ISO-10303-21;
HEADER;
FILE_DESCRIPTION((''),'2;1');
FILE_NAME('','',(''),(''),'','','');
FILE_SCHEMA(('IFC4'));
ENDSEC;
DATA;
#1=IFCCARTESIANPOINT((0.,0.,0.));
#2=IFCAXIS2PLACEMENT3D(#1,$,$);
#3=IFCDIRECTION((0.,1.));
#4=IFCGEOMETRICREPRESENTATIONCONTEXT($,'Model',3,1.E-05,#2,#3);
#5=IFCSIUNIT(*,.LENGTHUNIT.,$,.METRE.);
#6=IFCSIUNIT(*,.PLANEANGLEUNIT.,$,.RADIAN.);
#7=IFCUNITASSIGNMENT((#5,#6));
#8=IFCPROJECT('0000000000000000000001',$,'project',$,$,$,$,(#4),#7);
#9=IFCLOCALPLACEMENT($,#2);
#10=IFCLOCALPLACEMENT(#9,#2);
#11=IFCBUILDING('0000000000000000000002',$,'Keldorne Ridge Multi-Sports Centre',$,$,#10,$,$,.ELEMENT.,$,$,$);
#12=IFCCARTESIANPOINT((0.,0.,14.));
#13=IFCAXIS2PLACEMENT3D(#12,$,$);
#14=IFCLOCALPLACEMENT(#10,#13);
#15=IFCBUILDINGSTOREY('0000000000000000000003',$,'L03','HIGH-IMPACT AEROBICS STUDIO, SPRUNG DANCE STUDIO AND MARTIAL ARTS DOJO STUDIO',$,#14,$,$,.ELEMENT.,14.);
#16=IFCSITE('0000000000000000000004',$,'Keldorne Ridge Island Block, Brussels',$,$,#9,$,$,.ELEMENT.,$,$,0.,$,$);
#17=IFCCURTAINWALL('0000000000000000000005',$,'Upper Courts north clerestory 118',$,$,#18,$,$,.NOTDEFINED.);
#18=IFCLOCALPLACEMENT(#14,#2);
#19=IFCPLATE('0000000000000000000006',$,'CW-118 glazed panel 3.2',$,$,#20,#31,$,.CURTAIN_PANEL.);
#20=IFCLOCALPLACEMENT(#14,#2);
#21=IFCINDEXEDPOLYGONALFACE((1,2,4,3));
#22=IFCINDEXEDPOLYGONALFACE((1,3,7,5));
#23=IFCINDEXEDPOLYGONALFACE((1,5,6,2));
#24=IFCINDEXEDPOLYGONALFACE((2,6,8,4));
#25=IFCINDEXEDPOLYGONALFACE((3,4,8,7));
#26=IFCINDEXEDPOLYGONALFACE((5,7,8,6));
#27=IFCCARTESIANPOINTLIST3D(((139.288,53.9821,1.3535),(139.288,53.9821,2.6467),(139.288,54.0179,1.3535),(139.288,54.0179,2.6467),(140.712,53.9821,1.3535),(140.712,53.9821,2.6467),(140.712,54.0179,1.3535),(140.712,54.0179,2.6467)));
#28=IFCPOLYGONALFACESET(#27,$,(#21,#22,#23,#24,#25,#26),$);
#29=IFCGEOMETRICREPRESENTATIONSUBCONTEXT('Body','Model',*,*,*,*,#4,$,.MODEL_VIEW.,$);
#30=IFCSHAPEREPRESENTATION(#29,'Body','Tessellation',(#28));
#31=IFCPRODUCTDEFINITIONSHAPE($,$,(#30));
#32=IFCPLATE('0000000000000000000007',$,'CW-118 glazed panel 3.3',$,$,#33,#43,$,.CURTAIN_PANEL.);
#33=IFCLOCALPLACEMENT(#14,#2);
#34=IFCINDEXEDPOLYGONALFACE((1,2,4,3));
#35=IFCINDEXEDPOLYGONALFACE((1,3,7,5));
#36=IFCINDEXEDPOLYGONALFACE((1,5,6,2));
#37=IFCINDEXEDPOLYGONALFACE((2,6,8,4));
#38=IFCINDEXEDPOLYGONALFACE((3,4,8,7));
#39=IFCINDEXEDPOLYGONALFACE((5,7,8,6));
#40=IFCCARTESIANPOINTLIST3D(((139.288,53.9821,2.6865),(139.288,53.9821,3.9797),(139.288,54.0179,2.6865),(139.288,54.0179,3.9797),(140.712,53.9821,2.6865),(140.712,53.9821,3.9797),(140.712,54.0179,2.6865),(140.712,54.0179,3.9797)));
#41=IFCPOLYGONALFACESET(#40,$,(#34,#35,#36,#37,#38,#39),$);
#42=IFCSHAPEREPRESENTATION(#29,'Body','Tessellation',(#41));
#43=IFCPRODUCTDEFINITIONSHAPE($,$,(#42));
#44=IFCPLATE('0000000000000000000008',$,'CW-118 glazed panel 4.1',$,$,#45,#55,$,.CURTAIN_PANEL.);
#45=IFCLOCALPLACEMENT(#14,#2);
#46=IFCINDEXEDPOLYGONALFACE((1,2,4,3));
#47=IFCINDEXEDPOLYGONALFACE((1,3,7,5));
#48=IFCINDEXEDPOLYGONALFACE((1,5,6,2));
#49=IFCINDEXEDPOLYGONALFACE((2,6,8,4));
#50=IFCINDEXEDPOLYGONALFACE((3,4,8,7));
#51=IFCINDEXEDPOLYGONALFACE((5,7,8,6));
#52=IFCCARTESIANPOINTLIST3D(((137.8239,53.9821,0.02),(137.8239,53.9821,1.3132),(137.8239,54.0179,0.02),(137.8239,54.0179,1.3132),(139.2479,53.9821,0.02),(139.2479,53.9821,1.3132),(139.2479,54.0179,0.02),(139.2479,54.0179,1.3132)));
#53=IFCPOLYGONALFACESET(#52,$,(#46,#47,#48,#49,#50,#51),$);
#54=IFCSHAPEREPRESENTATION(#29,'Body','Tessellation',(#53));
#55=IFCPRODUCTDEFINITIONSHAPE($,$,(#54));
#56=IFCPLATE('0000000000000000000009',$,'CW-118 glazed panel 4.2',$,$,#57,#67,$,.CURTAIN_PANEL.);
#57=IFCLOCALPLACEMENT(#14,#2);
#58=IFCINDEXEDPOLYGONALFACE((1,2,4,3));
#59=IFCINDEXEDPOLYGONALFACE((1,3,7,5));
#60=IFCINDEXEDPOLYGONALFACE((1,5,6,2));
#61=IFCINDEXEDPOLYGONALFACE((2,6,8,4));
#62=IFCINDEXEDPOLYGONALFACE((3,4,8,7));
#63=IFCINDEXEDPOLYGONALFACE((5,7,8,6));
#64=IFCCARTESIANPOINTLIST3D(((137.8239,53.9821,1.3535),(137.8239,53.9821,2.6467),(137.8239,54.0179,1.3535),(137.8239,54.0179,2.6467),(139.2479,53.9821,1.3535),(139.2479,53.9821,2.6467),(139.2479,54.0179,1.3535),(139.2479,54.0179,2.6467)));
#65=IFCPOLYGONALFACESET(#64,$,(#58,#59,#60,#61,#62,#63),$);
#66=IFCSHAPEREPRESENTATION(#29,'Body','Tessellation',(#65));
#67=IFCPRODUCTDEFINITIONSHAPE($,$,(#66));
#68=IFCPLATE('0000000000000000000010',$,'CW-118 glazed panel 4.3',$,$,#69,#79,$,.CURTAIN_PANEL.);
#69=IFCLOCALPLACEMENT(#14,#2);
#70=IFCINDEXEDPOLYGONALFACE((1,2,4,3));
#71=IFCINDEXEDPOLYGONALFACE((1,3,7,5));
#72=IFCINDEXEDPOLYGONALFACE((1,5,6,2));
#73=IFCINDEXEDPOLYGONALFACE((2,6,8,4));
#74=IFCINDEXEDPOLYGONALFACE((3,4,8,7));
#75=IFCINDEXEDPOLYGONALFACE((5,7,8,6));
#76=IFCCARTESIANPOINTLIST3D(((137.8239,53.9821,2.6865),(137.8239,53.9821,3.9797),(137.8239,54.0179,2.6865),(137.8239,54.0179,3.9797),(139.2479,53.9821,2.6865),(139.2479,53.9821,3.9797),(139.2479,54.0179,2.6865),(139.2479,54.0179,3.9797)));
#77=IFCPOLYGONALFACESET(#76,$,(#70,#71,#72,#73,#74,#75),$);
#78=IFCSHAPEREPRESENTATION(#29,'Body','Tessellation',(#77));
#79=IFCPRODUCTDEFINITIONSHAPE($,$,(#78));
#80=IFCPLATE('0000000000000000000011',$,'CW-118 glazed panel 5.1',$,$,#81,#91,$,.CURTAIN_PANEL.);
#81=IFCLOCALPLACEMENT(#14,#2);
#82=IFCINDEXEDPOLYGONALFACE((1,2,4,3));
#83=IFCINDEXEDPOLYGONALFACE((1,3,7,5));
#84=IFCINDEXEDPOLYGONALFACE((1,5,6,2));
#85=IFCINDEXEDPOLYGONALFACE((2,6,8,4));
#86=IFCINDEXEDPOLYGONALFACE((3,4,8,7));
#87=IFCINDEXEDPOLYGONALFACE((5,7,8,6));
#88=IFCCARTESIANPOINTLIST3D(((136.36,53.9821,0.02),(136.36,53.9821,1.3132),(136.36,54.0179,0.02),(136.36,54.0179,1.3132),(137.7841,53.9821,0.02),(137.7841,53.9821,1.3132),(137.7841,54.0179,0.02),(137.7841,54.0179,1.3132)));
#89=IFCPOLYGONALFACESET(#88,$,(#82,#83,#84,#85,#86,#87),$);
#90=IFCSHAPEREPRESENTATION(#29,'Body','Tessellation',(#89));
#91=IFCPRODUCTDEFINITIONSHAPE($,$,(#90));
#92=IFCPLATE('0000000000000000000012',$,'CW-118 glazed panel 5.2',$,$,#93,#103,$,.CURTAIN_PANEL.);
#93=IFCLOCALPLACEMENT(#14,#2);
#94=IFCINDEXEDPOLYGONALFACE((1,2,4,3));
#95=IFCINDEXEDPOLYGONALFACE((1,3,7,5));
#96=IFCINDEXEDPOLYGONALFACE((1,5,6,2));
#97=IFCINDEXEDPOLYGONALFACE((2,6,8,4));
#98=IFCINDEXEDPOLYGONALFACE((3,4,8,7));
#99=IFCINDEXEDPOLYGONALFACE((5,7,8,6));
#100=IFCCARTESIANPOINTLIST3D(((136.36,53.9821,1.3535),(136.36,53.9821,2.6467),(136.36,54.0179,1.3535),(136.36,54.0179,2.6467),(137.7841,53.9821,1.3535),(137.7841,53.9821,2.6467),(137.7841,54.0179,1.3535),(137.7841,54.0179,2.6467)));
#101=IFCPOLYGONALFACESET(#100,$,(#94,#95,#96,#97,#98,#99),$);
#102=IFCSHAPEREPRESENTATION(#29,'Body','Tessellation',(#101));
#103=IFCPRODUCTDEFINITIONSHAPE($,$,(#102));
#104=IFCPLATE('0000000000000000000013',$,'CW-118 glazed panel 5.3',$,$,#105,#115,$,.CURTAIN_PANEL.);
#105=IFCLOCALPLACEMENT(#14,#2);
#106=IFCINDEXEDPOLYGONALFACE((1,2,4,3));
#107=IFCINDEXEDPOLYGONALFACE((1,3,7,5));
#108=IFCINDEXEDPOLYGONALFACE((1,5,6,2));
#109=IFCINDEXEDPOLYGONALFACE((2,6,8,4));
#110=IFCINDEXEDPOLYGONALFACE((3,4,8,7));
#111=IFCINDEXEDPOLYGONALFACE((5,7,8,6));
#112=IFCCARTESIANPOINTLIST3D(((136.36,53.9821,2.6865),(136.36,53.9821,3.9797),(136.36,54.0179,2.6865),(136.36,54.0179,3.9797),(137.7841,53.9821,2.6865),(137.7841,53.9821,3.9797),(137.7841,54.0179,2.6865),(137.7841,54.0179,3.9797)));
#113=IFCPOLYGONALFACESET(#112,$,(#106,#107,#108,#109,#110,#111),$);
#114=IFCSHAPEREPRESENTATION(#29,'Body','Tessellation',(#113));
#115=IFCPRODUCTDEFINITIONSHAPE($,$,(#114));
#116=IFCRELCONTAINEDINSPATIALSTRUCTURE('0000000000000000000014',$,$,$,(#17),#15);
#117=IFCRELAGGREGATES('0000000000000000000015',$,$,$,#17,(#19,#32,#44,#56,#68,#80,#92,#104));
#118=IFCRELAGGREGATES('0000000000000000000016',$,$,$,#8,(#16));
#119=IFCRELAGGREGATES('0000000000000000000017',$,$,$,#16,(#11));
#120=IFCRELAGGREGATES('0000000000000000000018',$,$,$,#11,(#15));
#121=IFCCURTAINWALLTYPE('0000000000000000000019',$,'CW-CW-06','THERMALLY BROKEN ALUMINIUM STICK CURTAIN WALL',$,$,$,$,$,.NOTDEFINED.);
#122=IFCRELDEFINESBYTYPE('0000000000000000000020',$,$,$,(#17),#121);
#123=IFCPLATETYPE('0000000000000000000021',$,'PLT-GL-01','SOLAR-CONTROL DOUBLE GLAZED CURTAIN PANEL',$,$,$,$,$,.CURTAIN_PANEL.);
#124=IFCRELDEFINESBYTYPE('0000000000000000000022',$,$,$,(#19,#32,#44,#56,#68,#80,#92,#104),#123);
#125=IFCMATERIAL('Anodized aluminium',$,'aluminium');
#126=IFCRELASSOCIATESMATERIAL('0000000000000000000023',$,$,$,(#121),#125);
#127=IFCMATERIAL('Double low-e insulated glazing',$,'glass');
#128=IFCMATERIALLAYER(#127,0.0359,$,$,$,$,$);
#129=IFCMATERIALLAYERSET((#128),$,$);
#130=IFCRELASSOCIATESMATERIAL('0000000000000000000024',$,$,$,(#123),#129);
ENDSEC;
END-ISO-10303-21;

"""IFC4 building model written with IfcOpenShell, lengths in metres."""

from ifc_helpers import new_model, si_unit, direction, frame, origin, origin_2d, place, context, subcontext, project, spatial, rectangle, extrude, material, layer, layer_set, type_object, element, aggregate, save


model = new_model("IFC4")

# Units and contexts
model_context = context("Model", 3, precision=1e-05, world=origin(), true_north=direction((0.0, 1.0)))
body_context = subcontext(model_context, "Body", "Model", "MODEL_VIEW")
ifc_project = project(units=[si_unit("LENGTHUNIT", "METRE"), si_unit("PLANEANGLEUNIT", "RADIAN")], contexts=[model_context])

# Site, building, storey
site_placement = place(None, origin())
site = spatial("IfcSite", under=ifc_project, at=site_placement, Name="Keldorne Ridge Island Block, Brussels", CompositionType="ELEMENT", RefElevation=0.0)
building_placement = place(site_placement, origin())
building = spatial("IfcBuilding", under=site, at=building_placement, Name="Keldorne Ridge Multi-Sports Centre", CompositionType="ELEMENT")
storey_placement = place(building_placement, frame((0.0, 0.0, 14.0)))
storey = spatial("IfcBuildingStorey", under=building, at=storey_placement, Name="L03", Description="HIGH-IMPACT AEROBICS STUDIO, SPRUNG DANCE STUDIO AND MARTIAL ARTS DOJO STUDIO", CompositionType="ELEMENT", Elevation=14.0)

# Curtain wall, plates
ifc_material_1 = material(Name="Anodized aluminium", Category="aluminium")
curtain_wall_type = type_object("IfcCurtainWallType", Name="CW-CW-06", Description="THERMALLY BROKEN ALUMINIUM STICK CURTAIN WALL", PredefinedType="NOTDEFINED", material=ifc_material_1)
curtain_wall_placement = place(storey_placement, origin())
curtain_wall = element("IfcCurtainWall", 1, at=curtain_wall_placement, inside=storey, type_object=curtain_wall_type, Name="Upper Courts north clerestory 118", PredefinedType="NOTDEFINED")
ifc_material_2 = material(Name="Double low-e insulated glazing", Category="glass")
ifc_layer = layer(ifc_material_2, 0.0359)
ifc_layer_set = layer_set([ifc_layer])
plate_type = type_object("IfcPlateType", Name="PLT-GL-01", Description="SOLAR-CONTROL DOUBLE GLAZED CURTAIN PANEL", PredefinedType="CURTAIN_PANEL", material=ifc_layer_set)
plate_1_placement = place(storey_placement, frame((140.0, 54.0, 1.3535), z_axis=(0.0, 0.0, 1.0), x_axis=(-1.0, 0.0, 0.0)))
plate_1 = element("IfcPlate", 2, at=plate_1_placement, type_object=plate_type, Name="CW-118 glazed panel 3.2", PredefinedType="CURTAIN_PANEL", context=body_context, shape_type="SweptSolid", body=[
    extrude(rectangle(XDim=1.4241, YDim=0.0359, at=origin_2d()), origin(), (0.0, 0.0, 1.0), 1.2932),
])
plate_2_placement = place(storey_placement, frame((140.0, 54.0, 2.6865), z_axis=(0.0, 0.0, 1.0), x_axis=(-1.0, 0.0, 0.0)))
plate_2 = element("IfcPlate", 3, at=plate_2_placement, type_object=plate_type, Name="CW-118 glazed panel 3.3", PredefinedType="CURTAIN_PANEL", context=body_context, shape_type="SweptSolid", body=[
    extrude(rectangle(XDim=1.4241, YDim=0.0359, at=origin_2d()), origin(), (0.0, 0.0, 1.0), 1.2932),
])
plate_3_placement = place(storey_placement, frame((138.5359, 54.0, 0.02), z_axis=(0.0, 0.0, 1.0), x_axis=(-1.0, 0.0, 0.0)))
plate_3 = element("IfcPlate", 4, at=plate_3_placement, type_object=plate_type, Name="CW-118 glazed panel 4.1", PredefinedType="CURTAIN_PANEL", context=body_context, shape_type="SweptSolid", body=[
    extrude(rectangle(XDim=1.4241, YDim=0.0359, at=origin_2d()), origin(), (0.0, 0.0, 1.0), 1.2932),
])
plate_4_placement = place(storey_placement, frame((138.5359, 54.0, 1.3535), z_axis=(0.0, 0.0, 1.0), x_axis=(-1.0, 0.0, 0.0)))
plate_4 = element("IfcPlate", 5, at=plate_4_placement, type_object=plate_type, Name="CW-118 glazed panel 4.2", PredefinedType="CURTAIN_PANEL", context=body_context, shape_type="SweptSolid", body=[
    extrude(rectangle(XDim=1.4241, YDim=0.0359, at=origin_2d()), origin(), (0.0, 0.0, 1.0), 1.2932),
])
plate_5_placement = place(storey_placement, frame((138.5359, 54.0, 2.6865), z_axis=(0.0, 0.0, 1.0), x_axis=(-1.0, 0.0, 0.0)))
plate_5 = element("IfcPlate", 6, at=plate_5_placement, type_object=plate_type, Name="CW-118 glazed panel 4.3", PredefinedType="CURTAIN_PANEL", context=body_context, shape_type="SweptSolid", body=[
    extrude(rectangle(XDim=1.4241, YDim=0.0359, at=origin_2d()), origin(), (0.0, 0.0, 1.0), 1.2932),
])
plate_6_placement = place(storey_placement, frame((137.072, 54.0, 0.02), z_axis=(0.0, 0.0, 1.0), x_axis=(-1.0, 0.0, 0.0)))
plate_6 = element("IfcPlate", 7, at=plate_6_placement, type_object=plate_type, Name="CW-118 glazed panel 5.1", PredefinedType="CURTAIN_PANEL", context=body_context, shape_type="SweptSolid", body=[
    extrude(rectangle(XDim=1.4241, YDim=0.0359, at=origin_2d()), origin(), (0.0, 0.0, 1.0), 1.2932),
])
plate_7_placement = place(storey_placement, frame((137.072, 54.0, 1.3535), z_axis=(0.0, 0.0, 1.0), x_axis=(-1.0, 0.0, 0.0)))
plate_7 = element("IfcPlate", 8, at=plate_7_placement, type_object=plate_type, Name="CW-118 glazed panel 5.2", PredefinedType="CURTAIN_PANEL", context=body_context, shape_type="SweptSolid", body=[
    extrude(rectangle(XDim=1.4241, YDim=0.0359, at=origin_2d()), origin(), (0.0, 0.0, 1.0), 1.2932),
])
plate_8_placement = place(storey_placement, frame((137.072, 54.0, 2.6865), z_axis=(0.0, 0.0, 1.0), x_axis=(-1.0, 0.0, 0.0)))
plate_8 = element("IfcPlate", 9, at=plate_8_placement, type_object=plate_type, Name="CW-118 glazed panel 5.3", PredefinedType="CURTAIN_PANEL", context=body_context, shape_type="SweptSolid", body=[
    extrude(rectangle(XDim=1.4241, YDim=0.0359, at=origin_2d()), origin(), (0.0, 0.0, 1.0), 1.2932),
])
aggregate(curtain_wall, [plate_1, plate_2, plate_3, plate_4, plate_5, plate_6, plate_7, plate_8])

save(model, "model.ifc")
